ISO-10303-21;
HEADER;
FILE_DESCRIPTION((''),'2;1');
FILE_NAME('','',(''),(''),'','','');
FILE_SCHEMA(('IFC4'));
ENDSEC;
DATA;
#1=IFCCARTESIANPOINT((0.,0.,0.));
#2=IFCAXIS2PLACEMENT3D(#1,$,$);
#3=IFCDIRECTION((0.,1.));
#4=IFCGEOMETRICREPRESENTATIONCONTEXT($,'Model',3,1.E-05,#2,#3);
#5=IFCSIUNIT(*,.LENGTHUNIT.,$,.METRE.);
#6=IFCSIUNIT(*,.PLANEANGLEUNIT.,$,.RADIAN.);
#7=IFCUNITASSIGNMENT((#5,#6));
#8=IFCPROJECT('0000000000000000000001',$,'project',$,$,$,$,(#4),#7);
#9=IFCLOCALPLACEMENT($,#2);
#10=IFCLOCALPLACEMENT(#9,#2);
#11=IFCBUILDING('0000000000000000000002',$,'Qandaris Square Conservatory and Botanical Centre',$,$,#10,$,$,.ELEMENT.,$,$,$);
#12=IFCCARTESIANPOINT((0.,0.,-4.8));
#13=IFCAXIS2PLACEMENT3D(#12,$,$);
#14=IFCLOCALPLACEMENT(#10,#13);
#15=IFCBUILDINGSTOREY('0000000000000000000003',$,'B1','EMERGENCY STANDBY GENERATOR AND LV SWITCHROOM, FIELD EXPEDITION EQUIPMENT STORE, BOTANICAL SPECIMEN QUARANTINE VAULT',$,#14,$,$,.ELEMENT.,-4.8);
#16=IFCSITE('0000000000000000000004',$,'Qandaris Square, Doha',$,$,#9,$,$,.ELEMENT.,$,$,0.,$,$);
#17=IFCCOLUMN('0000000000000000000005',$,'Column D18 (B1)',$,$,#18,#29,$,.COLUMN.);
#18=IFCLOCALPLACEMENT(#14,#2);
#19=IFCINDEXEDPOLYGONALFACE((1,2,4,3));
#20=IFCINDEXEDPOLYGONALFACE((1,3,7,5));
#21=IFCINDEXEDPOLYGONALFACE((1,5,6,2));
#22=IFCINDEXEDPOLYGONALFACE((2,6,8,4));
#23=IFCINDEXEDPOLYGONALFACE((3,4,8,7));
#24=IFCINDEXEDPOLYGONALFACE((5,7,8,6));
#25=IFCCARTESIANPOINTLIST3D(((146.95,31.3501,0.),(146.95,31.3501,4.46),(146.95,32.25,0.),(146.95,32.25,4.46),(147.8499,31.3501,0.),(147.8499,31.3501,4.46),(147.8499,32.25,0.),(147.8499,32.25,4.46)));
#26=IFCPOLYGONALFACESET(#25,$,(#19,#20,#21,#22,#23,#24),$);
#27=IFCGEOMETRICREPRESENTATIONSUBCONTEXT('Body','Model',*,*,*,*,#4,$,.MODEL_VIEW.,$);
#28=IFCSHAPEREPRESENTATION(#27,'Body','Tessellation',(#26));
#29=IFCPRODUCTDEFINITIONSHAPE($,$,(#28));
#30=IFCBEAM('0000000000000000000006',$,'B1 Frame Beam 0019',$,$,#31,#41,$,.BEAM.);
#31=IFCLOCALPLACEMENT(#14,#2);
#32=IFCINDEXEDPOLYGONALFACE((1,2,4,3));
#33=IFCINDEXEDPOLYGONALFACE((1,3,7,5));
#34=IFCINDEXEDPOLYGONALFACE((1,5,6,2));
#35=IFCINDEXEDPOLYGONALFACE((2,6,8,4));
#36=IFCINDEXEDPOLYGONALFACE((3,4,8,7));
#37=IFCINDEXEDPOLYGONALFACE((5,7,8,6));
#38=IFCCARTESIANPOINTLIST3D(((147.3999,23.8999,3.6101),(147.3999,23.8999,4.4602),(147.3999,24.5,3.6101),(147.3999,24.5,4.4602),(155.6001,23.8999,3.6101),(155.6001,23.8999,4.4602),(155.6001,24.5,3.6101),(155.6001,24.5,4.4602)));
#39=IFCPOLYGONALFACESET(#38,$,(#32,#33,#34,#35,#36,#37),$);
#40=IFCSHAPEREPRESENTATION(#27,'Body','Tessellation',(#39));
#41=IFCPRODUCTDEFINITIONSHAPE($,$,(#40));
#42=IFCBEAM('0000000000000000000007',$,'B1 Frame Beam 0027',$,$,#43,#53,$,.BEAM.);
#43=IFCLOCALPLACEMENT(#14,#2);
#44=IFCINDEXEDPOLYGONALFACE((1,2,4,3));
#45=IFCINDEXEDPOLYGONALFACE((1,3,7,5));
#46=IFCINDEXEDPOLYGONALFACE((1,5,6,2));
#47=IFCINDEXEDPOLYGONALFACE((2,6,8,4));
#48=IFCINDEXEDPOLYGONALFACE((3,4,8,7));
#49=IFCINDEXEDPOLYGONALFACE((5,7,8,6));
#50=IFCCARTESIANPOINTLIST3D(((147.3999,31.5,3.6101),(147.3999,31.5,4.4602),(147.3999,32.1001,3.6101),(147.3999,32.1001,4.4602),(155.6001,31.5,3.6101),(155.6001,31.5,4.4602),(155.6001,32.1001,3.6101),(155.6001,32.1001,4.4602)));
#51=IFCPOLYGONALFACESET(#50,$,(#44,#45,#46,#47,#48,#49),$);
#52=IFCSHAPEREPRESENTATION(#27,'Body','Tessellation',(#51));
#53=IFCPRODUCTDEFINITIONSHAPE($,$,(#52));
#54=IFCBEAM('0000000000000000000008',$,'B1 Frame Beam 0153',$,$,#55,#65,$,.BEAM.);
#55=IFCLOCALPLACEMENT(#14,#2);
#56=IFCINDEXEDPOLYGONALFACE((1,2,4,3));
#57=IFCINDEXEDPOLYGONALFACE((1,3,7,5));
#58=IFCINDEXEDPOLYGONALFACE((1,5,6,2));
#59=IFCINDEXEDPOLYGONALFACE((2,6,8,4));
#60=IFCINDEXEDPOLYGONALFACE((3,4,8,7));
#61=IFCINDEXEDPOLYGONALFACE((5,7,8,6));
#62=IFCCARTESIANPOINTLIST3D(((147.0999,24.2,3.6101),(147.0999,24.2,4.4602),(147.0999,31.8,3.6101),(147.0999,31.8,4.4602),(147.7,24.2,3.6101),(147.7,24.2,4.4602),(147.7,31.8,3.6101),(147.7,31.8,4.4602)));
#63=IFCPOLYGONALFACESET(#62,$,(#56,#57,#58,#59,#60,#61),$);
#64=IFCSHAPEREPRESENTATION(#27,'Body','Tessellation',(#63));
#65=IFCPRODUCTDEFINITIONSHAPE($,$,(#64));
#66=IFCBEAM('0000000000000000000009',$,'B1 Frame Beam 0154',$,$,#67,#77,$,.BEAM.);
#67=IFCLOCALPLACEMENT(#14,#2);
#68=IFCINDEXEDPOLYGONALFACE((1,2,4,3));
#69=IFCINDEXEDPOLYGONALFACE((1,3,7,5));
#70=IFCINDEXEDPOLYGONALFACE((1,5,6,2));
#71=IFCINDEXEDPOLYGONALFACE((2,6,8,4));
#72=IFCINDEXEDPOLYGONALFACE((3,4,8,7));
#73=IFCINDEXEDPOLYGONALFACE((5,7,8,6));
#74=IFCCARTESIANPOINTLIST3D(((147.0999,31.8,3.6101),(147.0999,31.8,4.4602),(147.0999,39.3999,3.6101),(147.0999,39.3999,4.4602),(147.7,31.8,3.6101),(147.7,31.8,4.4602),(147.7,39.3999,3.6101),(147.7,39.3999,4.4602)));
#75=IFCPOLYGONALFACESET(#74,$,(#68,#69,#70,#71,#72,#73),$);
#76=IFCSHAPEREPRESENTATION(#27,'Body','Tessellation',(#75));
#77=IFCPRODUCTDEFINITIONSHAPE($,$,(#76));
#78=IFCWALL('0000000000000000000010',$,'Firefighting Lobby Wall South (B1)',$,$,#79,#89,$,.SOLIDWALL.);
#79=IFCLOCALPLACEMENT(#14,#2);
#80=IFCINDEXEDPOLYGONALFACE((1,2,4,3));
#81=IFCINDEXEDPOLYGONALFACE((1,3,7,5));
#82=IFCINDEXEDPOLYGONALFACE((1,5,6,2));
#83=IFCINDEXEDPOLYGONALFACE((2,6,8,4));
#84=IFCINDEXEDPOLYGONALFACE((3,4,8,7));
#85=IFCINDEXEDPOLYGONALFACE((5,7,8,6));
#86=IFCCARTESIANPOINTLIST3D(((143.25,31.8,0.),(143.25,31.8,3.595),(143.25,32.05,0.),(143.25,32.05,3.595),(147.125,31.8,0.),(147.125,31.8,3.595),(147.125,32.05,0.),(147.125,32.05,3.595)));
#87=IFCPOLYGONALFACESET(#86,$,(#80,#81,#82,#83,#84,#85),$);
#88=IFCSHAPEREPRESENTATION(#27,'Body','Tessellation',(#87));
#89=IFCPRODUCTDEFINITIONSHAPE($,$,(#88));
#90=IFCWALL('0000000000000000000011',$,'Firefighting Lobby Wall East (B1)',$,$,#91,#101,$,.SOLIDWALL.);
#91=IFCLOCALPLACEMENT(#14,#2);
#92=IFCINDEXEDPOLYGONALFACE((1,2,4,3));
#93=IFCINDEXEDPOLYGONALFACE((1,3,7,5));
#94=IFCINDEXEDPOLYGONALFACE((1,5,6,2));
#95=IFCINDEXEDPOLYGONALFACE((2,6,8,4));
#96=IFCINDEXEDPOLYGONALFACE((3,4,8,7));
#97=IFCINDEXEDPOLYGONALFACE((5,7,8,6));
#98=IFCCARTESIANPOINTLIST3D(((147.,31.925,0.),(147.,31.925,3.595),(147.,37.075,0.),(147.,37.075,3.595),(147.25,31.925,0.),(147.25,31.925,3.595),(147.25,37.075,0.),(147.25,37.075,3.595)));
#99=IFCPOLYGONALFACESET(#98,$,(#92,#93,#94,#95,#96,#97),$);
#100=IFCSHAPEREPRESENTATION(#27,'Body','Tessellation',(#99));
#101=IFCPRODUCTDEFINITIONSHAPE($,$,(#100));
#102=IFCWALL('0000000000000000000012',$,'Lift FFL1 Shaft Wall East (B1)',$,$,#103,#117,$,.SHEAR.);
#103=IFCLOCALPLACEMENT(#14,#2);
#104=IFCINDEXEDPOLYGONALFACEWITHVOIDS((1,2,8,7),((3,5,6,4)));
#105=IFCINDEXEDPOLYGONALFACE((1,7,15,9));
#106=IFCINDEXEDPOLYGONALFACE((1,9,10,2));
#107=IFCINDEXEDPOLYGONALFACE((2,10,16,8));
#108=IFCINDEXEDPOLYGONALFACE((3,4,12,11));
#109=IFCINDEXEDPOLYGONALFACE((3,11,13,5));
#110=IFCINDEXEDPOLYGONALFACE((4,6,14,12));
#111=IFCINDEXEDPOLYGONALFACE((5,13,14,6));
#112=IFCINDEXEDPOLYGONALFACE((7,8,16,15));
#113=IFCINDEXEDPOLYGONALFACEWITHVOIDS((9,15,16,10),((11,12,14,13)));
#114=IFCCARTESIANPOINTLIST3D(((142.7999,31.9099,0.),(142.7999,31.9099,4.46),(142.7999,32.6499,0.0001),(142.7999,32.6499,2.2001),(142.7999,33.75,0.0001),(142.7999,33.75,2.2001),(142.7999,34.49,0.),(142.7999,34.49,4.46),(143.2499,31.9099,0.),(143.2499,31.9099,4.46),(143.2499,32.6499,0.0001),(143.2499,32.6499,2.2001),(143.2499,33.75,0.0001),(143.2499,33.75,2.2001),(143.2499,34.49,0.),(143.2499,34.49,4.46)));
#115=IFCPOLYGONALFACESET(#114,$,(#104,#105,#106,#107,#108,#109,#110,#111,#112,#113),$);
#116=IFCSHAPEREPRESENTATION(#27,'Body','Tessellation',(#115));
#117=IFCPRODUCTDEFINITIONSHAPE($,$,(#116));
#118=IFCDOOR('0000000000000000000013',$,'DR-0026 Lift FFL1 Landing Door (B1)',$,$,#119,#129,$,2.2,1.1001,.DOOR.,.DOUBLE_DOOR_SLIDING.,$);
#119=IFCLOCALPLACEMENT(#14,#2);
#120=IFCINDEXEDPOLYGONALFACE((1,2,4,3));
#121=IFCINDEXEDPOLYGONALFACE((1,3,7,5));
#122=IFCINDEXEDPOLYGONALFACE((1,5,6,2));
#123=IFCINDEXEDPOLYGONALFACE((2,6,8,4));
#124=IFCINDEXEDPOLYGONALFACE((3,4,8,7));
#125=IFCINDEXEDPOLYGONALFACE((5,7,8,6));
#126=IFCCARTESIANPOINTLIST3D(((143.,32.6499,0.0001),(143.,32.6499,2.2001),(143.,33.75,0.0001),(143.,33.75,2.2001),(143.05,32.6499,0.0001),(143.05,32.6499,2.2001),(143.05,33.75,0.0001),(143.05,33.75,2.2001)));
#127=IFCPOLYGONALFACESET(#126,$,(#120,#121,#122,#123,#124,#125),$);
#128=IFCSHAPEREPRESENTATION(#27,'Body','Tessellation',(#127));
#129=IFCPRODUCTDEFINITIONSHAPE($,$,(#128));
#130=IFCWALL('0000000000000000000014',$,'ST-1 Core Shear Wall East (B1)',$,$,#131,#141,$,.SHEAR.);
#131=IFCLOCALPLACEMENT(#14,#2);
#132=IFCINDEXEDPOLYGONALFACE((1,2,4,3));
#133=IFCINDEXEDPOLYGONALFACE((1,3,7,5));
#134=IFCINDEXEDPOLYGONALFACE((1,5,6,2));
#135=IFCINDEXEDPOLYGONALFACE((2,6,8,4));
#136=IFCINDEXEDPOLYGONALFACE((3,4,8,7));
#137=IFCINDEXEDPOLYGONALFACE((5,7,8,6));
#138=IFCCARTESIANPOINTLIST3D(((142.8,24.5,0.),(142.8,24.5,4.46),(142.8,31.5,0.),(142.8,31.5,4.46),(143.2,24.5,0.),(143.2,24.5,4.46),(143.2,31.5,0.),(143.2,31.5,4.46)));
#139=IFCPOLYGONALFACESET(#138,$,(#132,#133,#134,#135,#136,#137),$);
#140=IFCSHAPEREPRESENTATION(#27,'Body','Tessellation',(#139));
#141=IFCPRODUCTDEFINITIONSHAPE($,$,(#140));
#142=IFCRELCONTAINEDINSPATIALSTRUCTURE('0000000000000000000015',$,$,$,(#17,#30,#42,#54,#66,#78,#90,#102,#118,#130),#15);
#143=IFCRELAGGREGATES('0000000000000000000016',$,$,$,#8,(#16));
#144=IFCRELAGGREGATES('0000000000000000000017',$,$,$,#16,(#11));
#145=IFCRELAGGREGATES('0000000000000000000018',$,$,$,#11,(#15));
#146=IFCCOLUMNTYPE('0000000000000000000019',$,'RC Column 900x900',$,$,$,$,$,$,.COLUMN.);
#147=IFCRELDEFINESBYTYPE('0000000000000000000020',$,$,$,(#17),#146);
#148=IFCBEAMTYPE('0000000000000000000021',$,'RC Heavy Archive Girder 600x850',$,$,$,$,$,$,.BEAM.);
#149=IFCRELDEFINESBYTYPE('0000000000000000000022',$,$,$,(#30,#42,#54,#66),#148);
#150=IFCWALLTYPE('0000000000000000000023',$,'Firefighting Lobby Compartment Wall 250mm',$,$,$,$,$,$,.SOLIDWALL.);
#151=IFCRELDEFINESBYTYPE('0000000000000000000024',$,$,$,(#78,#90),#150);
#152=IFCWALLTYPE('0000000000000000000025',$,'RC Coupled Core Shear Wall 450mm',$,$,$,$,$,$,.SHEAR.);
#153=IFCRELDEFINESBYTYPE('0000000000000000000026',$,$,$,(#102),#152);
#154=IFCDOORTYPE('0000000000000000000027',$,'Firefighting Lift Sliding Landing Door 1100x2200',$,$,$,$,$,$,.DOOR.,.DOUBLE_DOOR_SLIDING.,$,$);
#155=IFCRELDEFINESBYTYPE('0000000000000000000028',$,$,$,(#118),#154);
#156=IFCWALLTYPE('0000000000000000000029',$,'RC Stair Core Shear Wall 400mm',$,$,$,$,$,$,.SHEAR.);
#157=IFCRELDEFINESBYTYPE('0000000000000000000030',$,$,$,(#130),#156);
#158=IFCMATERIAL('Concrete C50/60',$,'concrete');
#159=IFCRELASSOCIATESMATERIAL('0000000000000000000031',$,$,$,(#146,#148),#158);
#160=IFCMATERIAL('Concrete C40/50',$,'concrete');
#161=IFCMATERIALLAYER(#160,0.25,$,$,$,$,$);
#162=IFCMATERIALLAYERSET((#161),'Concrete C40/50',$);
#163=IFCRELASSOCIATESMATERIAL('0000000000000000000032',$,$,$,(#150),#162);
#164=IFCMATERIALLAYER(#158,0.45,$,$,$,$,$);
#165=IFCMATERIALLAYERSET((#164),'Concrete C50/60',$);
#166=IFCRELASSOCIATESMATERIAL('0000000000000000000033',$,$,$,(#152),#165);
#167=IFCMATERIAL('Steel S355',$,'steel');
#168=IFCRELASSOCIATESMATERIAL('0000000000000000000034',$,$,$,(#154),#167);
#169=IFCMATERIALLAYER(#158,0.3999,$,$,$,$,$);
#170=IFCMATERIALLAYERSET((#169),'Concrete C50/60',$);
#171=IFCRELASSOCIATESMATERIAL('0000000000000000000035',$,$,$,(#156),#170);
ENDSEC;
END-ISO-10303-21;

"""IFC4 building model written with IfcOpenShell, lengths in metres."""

from ifc_helpers import new_model, si_unit, direction, frame, frame_2d, origin, origin_2d, place, context, subcontext, project, spatial, rectangle, extrude, material, layer, layer_set, material_profile, profile_set, type_object, element, fill, save


model = new_model("IFC4")

# Units and contexts
model_context = context("Model", 3, precision=1e-05, world=origin(), true_north=direction((0.0, 1.0)))
body_context = subcontext(model_context, "Body", "Model", "MODEL_VIEW")
ifc_project = project(units=[si_unit("LENGTHUNIT", "METRE"), si_unit("PLANEANGLEUNIT", "RADIAN")], contexts=[model_context])

# Site, building, storey
site_placement = place(None, origin())
site = spatial("IfcSite", under=ifc_project, at=site_placement, Name="Qandaris Square, Doha", CompositionType="ELEMENT", RefElevation=0.0)
building_placement = place(site_placement, origin())
building = spatial("IfcBuilding", under=site, at=building_placement, Name="Qandaris Square Conservatory and Botanical Centre", CompositionType="ELEMENT")
storey_placement = place(building_placement, frame((0.0, 0.0, -4.8)))
storey = spatial("IfcBuildingStorey", under=building, at=storey_placement, Name="B1", Description="EMERGENCY STANDBY GENERATOR AND LV SWITCHROOM, FIELD EXPEDITION EQUIPMENT STORE, BOTANICAL SPECIMEN QUARANTINE VAULT", CompositionType="ELEMENT", Elevation=-4.8)

# Shared definitions
ifc_material_1 = material(Name="Concrete C50/60", Category="concrete")

# Shared definitions
ifc_material_2 = material(Name="Concrete C40/50", Category="concrete")

# Column
ifc_material_profile_1 = material_profile(ifc_material_1, rectangle(XDim=0.8999, YDim=0.8999, at=origin_2d()), Name="RC-COL 900x900")
ifc_profile_set_1 = profile_set([ifc_material_profile_1], Name="Concrete C50/60")
column_type = type_object("IfcColumnType", Name="RC Column 900x900", PredefinedType="COLUMN", material=ifc_profile_set_1)
column_placement = place(storey_placement, frame((147.3999, 31.8, 0.0), z_axis=(0.0, 0.0, 1.0), x_axis=(1.0, 0.0, 0.0)))
element("IfcColumn", 1, at=column_placement, inside=storey, type_object=column_type, Name="Column D18 (B1)", PredefinedType="COLUMN", context=body_context, shape_type="SweptSolid", body=[
    extrude(rectangle(XDim=0.8999, YDim=0.8999, at=origin_2d()), origin(), (0.0, 0.0, 1.0), 4.46),
])

# Beams
ifc_material_profile_2 = material_profile(ifc_material_1, rectangle(XDim=0.6001, YDim=0.8501, at=origin_2d()), Name="RC-BM 600x850")
ifc_profile_set_2 = profile_set([ifc_material_profile_2], Name="Concrete C50/60")
beam_type = type_object("IfcBeamType", Name="RC Heavy Archive Girder 600x850", PredefinedType="BEAM", material=ifc_profile_set_2)
for number, where, z_axis, x_axis, name in (
    (2, (147.3999, 24.2, 4.0352), (1.0, 0.0, 0.0), (0.0, 1.0, 0.0), "B1 Frame Beam 0019"),
    (3, (147.3999, 31.8, 4.0352), (1.0, 0.0, 0.0), (0.0, 1.0, 0.0), "B1 Frame Beam 0027"),
):
    element("IfcBeam", number, at=place(storey_placement, frame(where, z_axis=z_axis, x_axis=x_axis)), inside=storey, type_object=beam_type, Name=name, PredefinedType="BEAM", context=body_context, shape_type="SweptSolid", body=[
        extrude(rectangle(XDim=0.6001, YDim=0.8501, at=origin_2d()), origin(), (0.0, 0.0, 1.0), 8.2002),
    ])
beam_1_placement = place(storey_placement, frame((147.3999, 24.2, 4.0352), z_axis=(0.0, 1.0, 0.0), x_axis=(-1.0, 0.0, 0.0)))
element("IfcBeam", 4, at=beam_1_placement, inside=storey, type_object=beam_type, Name="B1 Frame Beam 0153", PredefinedType="BEAM", context=body_context, shape_type="SweptSolid", body=[
    extrude(rectangle(XDim=0.6001, YDim=0.8501, at=origin_2d()), origin(), (0.0, 0.0, 1.0), 7.6001),
])
beam_2_placement = place(storey_placement, frame((147.3999, 31.8, 4.0352), z_axis=(0.0, 1.0, 0.0), x_axis=(-1.0, 0.0, 0.0)))
element("IfcBeam", 5, at=beam_2_placement, inside=storey, type_object=beam_type, Name="B1 Frame Beam 0154", PredefinedType="BEAM", context=body_context, shape_type="SweptSolid", body=[
    extrude(rectangle(XDim=0.6001, YDim=0.8501, at=origin_2d()), origin(), (0.0, 0.0, 1.0), 7.5999),
])

# Walls
ifc_layer_1 = layer(ifc_material_2, 0.25)
ifc_layer_set_1 = layer_set([ifc_layer_1], Name="Concrete C40/50")
wall_type_1 = type_object("IfcWallType", Name="Firefighting Lobby Compartment Wall 250mm", PredefinedType="SOLIDWALL", material=ifc_layer_set_1)
wall_1_placement = place(storey_placement, frame((143.25, 31.925, 0.0), z_axis=(0.0, 0.0, 1.0), x_axis=(1.0, 0.0, 0.0)))
element("IfcWall", 6, at=wall_1_placement, inside=storey, type_object=wall_type_1, Name="Firefighting Lobby Wall South (B1)", PredefinedType="SOLIDWALL", context=body_context, shape_type="SweptSolid", body=[
    extrude(rectangle(XDim=3.875, YDim=0.25, at=frame_2d((1.9375, 0.0))), origin(), (0.0, 0.0, 1.0), 3.595),
])
wall_2_placement = place(storey_placement, frame((147.125, 31.925, 0.0), z_axis=(0.0, 0.0, 1.0), x_axis=(0.0, 1.0, 0.0)))
element("IfcWall", 7, at=wall_2_placement, inside=storey, type_object=wall_type_1, Name="Firefighting Lobby Wall East (B1)", PredefinedType="SOLIDWALL", context=body_context, shape_type="SweptSolid", body=[
    extrude(rectangle(XDim=5.1499, YDim=0.25, at=frame_2d((2.575, 0.0))), origin(), (0.0, 0.0, 1.0), 3.595),
])

# Wall, opening, door
ifc_layer_2 = layer(ifc_material_1, 0.45)
ifc_layer_set_2 = layer_set([ifc_layer_2], Name="Concrete C50/60")
wall_type_2 = type_object("IfcWallType", Name="RC Coupled Core Shear Wall 450mm", PredefinedType="SHEAR", material=ifc_layer_set_2)
wall_3_placement = place(storey_placement, frame((143.0249, 31.9099, 0.0), z_axis=(0.0, 0.0, 1.0), x_axis=(0.0, 1.0, 0.0)))
wall_3 = element("IfcWall", 8, at=wall_3_placement, inside=storey, type_object=wall_type_2, Name="Lift FFL1 Shaft Wall East (B1)", PredefinedType="SHEAR", context=body_context, shape_type="SweptSolid", body=[
    extrude(rectangle(XDim=2.5801, YDim=0.45, at=frame_2d((1.29, 0.0))), origin(), (0.0, 0.0, 1.0), 4.46),
])
opening_placement = place(wall_3_placement, frame((0.74, 0.0, 0.0)))
opening = element("IfcOpeningElement", 9, at=opening_placement, cuts=wall_3, PredefinedType="OPENING", context=body_context, shape_type="SweptSolid", body=[
    extrude(rectangle(XDim=1.1001, YDim=2.2, at=frame_2d((0.55, 1.1001))), frame((0.0, 0.2368, 0.0), z_axis=(0.0, -1.0, 0.0), x_axis=(1.0, 0.0, 0.0)), (0.0, 0.0, 1.0), 0.4739),
])
ifc_material_3 = material(Name="Steel S355", Category="steel")
door_type = type_object("IfcDoorType", Name="Firefighting Lift Sliding Landing Door 1100x2200", OperationType="DOUBLE_DOOR_SLIDING", PredefinedType="DOOR", material=ifc_material_3)
door_placement = place(opening_placement, origin())
door = element("IfcDoor", 10, at=door_placement, inside=storey, type_object=door_type, Name="DR-0026 Lift FFL1 Landing Door (B1)", OperationType="DOUBLE_DOOR_SLIDING", OverallHeight=2.2, OverallWidth=1.1001, PredefinedType="DOOR", context=body_context, shape_type="SweptSolid", body=[
    extrude(rectangle(XDim=1.1001, YDim=2.2, at=frame_2d((0.55, 1.1001))), frame((0.0, 0.0249, 0.0), z_axis=(0.0, -1.0, 0.0), x_axis=(1.0, 0.0, 0.0)), (0.0, 0.0, 1.0), 0.05),
])
fill(opening, door)

# Wall
ifc_layer_3 = layer(ifc_material_1, 0.3999)
ifc_layer_set_3 = layer_set([ifc_layer_3], Name="Concrete C50/60")
wall_type_3 = type_object("IfcWallType", Name="RC Stair Core Shear Wall 400mm", PredefinedType="SHEAR", material=ifc_layer_set_3)
wall_4_placement = place(storey_placement, frame((143.0, 24.5, 0.0), z_axis=(0.0, 0.0, 1.0), x_axis=(0.0, 1.0, 0.0)))
element("IfcWall", 11, at=wall_4_placement, inside=storey, type_object=wall_type_3, Name="ST-1 Core Shear Wall East (B1)", PredefinedType="SHEAR", context=body_context, shape_type="SweptSolid", body=[
    extrude(rectangle(XDim=7.0, YDim=0.3999, at=frame_2d((3.5, 0.0))), origin(), (0.0, 0.0, 1.0), 4.46),
])

save(model, "model.ifc")
